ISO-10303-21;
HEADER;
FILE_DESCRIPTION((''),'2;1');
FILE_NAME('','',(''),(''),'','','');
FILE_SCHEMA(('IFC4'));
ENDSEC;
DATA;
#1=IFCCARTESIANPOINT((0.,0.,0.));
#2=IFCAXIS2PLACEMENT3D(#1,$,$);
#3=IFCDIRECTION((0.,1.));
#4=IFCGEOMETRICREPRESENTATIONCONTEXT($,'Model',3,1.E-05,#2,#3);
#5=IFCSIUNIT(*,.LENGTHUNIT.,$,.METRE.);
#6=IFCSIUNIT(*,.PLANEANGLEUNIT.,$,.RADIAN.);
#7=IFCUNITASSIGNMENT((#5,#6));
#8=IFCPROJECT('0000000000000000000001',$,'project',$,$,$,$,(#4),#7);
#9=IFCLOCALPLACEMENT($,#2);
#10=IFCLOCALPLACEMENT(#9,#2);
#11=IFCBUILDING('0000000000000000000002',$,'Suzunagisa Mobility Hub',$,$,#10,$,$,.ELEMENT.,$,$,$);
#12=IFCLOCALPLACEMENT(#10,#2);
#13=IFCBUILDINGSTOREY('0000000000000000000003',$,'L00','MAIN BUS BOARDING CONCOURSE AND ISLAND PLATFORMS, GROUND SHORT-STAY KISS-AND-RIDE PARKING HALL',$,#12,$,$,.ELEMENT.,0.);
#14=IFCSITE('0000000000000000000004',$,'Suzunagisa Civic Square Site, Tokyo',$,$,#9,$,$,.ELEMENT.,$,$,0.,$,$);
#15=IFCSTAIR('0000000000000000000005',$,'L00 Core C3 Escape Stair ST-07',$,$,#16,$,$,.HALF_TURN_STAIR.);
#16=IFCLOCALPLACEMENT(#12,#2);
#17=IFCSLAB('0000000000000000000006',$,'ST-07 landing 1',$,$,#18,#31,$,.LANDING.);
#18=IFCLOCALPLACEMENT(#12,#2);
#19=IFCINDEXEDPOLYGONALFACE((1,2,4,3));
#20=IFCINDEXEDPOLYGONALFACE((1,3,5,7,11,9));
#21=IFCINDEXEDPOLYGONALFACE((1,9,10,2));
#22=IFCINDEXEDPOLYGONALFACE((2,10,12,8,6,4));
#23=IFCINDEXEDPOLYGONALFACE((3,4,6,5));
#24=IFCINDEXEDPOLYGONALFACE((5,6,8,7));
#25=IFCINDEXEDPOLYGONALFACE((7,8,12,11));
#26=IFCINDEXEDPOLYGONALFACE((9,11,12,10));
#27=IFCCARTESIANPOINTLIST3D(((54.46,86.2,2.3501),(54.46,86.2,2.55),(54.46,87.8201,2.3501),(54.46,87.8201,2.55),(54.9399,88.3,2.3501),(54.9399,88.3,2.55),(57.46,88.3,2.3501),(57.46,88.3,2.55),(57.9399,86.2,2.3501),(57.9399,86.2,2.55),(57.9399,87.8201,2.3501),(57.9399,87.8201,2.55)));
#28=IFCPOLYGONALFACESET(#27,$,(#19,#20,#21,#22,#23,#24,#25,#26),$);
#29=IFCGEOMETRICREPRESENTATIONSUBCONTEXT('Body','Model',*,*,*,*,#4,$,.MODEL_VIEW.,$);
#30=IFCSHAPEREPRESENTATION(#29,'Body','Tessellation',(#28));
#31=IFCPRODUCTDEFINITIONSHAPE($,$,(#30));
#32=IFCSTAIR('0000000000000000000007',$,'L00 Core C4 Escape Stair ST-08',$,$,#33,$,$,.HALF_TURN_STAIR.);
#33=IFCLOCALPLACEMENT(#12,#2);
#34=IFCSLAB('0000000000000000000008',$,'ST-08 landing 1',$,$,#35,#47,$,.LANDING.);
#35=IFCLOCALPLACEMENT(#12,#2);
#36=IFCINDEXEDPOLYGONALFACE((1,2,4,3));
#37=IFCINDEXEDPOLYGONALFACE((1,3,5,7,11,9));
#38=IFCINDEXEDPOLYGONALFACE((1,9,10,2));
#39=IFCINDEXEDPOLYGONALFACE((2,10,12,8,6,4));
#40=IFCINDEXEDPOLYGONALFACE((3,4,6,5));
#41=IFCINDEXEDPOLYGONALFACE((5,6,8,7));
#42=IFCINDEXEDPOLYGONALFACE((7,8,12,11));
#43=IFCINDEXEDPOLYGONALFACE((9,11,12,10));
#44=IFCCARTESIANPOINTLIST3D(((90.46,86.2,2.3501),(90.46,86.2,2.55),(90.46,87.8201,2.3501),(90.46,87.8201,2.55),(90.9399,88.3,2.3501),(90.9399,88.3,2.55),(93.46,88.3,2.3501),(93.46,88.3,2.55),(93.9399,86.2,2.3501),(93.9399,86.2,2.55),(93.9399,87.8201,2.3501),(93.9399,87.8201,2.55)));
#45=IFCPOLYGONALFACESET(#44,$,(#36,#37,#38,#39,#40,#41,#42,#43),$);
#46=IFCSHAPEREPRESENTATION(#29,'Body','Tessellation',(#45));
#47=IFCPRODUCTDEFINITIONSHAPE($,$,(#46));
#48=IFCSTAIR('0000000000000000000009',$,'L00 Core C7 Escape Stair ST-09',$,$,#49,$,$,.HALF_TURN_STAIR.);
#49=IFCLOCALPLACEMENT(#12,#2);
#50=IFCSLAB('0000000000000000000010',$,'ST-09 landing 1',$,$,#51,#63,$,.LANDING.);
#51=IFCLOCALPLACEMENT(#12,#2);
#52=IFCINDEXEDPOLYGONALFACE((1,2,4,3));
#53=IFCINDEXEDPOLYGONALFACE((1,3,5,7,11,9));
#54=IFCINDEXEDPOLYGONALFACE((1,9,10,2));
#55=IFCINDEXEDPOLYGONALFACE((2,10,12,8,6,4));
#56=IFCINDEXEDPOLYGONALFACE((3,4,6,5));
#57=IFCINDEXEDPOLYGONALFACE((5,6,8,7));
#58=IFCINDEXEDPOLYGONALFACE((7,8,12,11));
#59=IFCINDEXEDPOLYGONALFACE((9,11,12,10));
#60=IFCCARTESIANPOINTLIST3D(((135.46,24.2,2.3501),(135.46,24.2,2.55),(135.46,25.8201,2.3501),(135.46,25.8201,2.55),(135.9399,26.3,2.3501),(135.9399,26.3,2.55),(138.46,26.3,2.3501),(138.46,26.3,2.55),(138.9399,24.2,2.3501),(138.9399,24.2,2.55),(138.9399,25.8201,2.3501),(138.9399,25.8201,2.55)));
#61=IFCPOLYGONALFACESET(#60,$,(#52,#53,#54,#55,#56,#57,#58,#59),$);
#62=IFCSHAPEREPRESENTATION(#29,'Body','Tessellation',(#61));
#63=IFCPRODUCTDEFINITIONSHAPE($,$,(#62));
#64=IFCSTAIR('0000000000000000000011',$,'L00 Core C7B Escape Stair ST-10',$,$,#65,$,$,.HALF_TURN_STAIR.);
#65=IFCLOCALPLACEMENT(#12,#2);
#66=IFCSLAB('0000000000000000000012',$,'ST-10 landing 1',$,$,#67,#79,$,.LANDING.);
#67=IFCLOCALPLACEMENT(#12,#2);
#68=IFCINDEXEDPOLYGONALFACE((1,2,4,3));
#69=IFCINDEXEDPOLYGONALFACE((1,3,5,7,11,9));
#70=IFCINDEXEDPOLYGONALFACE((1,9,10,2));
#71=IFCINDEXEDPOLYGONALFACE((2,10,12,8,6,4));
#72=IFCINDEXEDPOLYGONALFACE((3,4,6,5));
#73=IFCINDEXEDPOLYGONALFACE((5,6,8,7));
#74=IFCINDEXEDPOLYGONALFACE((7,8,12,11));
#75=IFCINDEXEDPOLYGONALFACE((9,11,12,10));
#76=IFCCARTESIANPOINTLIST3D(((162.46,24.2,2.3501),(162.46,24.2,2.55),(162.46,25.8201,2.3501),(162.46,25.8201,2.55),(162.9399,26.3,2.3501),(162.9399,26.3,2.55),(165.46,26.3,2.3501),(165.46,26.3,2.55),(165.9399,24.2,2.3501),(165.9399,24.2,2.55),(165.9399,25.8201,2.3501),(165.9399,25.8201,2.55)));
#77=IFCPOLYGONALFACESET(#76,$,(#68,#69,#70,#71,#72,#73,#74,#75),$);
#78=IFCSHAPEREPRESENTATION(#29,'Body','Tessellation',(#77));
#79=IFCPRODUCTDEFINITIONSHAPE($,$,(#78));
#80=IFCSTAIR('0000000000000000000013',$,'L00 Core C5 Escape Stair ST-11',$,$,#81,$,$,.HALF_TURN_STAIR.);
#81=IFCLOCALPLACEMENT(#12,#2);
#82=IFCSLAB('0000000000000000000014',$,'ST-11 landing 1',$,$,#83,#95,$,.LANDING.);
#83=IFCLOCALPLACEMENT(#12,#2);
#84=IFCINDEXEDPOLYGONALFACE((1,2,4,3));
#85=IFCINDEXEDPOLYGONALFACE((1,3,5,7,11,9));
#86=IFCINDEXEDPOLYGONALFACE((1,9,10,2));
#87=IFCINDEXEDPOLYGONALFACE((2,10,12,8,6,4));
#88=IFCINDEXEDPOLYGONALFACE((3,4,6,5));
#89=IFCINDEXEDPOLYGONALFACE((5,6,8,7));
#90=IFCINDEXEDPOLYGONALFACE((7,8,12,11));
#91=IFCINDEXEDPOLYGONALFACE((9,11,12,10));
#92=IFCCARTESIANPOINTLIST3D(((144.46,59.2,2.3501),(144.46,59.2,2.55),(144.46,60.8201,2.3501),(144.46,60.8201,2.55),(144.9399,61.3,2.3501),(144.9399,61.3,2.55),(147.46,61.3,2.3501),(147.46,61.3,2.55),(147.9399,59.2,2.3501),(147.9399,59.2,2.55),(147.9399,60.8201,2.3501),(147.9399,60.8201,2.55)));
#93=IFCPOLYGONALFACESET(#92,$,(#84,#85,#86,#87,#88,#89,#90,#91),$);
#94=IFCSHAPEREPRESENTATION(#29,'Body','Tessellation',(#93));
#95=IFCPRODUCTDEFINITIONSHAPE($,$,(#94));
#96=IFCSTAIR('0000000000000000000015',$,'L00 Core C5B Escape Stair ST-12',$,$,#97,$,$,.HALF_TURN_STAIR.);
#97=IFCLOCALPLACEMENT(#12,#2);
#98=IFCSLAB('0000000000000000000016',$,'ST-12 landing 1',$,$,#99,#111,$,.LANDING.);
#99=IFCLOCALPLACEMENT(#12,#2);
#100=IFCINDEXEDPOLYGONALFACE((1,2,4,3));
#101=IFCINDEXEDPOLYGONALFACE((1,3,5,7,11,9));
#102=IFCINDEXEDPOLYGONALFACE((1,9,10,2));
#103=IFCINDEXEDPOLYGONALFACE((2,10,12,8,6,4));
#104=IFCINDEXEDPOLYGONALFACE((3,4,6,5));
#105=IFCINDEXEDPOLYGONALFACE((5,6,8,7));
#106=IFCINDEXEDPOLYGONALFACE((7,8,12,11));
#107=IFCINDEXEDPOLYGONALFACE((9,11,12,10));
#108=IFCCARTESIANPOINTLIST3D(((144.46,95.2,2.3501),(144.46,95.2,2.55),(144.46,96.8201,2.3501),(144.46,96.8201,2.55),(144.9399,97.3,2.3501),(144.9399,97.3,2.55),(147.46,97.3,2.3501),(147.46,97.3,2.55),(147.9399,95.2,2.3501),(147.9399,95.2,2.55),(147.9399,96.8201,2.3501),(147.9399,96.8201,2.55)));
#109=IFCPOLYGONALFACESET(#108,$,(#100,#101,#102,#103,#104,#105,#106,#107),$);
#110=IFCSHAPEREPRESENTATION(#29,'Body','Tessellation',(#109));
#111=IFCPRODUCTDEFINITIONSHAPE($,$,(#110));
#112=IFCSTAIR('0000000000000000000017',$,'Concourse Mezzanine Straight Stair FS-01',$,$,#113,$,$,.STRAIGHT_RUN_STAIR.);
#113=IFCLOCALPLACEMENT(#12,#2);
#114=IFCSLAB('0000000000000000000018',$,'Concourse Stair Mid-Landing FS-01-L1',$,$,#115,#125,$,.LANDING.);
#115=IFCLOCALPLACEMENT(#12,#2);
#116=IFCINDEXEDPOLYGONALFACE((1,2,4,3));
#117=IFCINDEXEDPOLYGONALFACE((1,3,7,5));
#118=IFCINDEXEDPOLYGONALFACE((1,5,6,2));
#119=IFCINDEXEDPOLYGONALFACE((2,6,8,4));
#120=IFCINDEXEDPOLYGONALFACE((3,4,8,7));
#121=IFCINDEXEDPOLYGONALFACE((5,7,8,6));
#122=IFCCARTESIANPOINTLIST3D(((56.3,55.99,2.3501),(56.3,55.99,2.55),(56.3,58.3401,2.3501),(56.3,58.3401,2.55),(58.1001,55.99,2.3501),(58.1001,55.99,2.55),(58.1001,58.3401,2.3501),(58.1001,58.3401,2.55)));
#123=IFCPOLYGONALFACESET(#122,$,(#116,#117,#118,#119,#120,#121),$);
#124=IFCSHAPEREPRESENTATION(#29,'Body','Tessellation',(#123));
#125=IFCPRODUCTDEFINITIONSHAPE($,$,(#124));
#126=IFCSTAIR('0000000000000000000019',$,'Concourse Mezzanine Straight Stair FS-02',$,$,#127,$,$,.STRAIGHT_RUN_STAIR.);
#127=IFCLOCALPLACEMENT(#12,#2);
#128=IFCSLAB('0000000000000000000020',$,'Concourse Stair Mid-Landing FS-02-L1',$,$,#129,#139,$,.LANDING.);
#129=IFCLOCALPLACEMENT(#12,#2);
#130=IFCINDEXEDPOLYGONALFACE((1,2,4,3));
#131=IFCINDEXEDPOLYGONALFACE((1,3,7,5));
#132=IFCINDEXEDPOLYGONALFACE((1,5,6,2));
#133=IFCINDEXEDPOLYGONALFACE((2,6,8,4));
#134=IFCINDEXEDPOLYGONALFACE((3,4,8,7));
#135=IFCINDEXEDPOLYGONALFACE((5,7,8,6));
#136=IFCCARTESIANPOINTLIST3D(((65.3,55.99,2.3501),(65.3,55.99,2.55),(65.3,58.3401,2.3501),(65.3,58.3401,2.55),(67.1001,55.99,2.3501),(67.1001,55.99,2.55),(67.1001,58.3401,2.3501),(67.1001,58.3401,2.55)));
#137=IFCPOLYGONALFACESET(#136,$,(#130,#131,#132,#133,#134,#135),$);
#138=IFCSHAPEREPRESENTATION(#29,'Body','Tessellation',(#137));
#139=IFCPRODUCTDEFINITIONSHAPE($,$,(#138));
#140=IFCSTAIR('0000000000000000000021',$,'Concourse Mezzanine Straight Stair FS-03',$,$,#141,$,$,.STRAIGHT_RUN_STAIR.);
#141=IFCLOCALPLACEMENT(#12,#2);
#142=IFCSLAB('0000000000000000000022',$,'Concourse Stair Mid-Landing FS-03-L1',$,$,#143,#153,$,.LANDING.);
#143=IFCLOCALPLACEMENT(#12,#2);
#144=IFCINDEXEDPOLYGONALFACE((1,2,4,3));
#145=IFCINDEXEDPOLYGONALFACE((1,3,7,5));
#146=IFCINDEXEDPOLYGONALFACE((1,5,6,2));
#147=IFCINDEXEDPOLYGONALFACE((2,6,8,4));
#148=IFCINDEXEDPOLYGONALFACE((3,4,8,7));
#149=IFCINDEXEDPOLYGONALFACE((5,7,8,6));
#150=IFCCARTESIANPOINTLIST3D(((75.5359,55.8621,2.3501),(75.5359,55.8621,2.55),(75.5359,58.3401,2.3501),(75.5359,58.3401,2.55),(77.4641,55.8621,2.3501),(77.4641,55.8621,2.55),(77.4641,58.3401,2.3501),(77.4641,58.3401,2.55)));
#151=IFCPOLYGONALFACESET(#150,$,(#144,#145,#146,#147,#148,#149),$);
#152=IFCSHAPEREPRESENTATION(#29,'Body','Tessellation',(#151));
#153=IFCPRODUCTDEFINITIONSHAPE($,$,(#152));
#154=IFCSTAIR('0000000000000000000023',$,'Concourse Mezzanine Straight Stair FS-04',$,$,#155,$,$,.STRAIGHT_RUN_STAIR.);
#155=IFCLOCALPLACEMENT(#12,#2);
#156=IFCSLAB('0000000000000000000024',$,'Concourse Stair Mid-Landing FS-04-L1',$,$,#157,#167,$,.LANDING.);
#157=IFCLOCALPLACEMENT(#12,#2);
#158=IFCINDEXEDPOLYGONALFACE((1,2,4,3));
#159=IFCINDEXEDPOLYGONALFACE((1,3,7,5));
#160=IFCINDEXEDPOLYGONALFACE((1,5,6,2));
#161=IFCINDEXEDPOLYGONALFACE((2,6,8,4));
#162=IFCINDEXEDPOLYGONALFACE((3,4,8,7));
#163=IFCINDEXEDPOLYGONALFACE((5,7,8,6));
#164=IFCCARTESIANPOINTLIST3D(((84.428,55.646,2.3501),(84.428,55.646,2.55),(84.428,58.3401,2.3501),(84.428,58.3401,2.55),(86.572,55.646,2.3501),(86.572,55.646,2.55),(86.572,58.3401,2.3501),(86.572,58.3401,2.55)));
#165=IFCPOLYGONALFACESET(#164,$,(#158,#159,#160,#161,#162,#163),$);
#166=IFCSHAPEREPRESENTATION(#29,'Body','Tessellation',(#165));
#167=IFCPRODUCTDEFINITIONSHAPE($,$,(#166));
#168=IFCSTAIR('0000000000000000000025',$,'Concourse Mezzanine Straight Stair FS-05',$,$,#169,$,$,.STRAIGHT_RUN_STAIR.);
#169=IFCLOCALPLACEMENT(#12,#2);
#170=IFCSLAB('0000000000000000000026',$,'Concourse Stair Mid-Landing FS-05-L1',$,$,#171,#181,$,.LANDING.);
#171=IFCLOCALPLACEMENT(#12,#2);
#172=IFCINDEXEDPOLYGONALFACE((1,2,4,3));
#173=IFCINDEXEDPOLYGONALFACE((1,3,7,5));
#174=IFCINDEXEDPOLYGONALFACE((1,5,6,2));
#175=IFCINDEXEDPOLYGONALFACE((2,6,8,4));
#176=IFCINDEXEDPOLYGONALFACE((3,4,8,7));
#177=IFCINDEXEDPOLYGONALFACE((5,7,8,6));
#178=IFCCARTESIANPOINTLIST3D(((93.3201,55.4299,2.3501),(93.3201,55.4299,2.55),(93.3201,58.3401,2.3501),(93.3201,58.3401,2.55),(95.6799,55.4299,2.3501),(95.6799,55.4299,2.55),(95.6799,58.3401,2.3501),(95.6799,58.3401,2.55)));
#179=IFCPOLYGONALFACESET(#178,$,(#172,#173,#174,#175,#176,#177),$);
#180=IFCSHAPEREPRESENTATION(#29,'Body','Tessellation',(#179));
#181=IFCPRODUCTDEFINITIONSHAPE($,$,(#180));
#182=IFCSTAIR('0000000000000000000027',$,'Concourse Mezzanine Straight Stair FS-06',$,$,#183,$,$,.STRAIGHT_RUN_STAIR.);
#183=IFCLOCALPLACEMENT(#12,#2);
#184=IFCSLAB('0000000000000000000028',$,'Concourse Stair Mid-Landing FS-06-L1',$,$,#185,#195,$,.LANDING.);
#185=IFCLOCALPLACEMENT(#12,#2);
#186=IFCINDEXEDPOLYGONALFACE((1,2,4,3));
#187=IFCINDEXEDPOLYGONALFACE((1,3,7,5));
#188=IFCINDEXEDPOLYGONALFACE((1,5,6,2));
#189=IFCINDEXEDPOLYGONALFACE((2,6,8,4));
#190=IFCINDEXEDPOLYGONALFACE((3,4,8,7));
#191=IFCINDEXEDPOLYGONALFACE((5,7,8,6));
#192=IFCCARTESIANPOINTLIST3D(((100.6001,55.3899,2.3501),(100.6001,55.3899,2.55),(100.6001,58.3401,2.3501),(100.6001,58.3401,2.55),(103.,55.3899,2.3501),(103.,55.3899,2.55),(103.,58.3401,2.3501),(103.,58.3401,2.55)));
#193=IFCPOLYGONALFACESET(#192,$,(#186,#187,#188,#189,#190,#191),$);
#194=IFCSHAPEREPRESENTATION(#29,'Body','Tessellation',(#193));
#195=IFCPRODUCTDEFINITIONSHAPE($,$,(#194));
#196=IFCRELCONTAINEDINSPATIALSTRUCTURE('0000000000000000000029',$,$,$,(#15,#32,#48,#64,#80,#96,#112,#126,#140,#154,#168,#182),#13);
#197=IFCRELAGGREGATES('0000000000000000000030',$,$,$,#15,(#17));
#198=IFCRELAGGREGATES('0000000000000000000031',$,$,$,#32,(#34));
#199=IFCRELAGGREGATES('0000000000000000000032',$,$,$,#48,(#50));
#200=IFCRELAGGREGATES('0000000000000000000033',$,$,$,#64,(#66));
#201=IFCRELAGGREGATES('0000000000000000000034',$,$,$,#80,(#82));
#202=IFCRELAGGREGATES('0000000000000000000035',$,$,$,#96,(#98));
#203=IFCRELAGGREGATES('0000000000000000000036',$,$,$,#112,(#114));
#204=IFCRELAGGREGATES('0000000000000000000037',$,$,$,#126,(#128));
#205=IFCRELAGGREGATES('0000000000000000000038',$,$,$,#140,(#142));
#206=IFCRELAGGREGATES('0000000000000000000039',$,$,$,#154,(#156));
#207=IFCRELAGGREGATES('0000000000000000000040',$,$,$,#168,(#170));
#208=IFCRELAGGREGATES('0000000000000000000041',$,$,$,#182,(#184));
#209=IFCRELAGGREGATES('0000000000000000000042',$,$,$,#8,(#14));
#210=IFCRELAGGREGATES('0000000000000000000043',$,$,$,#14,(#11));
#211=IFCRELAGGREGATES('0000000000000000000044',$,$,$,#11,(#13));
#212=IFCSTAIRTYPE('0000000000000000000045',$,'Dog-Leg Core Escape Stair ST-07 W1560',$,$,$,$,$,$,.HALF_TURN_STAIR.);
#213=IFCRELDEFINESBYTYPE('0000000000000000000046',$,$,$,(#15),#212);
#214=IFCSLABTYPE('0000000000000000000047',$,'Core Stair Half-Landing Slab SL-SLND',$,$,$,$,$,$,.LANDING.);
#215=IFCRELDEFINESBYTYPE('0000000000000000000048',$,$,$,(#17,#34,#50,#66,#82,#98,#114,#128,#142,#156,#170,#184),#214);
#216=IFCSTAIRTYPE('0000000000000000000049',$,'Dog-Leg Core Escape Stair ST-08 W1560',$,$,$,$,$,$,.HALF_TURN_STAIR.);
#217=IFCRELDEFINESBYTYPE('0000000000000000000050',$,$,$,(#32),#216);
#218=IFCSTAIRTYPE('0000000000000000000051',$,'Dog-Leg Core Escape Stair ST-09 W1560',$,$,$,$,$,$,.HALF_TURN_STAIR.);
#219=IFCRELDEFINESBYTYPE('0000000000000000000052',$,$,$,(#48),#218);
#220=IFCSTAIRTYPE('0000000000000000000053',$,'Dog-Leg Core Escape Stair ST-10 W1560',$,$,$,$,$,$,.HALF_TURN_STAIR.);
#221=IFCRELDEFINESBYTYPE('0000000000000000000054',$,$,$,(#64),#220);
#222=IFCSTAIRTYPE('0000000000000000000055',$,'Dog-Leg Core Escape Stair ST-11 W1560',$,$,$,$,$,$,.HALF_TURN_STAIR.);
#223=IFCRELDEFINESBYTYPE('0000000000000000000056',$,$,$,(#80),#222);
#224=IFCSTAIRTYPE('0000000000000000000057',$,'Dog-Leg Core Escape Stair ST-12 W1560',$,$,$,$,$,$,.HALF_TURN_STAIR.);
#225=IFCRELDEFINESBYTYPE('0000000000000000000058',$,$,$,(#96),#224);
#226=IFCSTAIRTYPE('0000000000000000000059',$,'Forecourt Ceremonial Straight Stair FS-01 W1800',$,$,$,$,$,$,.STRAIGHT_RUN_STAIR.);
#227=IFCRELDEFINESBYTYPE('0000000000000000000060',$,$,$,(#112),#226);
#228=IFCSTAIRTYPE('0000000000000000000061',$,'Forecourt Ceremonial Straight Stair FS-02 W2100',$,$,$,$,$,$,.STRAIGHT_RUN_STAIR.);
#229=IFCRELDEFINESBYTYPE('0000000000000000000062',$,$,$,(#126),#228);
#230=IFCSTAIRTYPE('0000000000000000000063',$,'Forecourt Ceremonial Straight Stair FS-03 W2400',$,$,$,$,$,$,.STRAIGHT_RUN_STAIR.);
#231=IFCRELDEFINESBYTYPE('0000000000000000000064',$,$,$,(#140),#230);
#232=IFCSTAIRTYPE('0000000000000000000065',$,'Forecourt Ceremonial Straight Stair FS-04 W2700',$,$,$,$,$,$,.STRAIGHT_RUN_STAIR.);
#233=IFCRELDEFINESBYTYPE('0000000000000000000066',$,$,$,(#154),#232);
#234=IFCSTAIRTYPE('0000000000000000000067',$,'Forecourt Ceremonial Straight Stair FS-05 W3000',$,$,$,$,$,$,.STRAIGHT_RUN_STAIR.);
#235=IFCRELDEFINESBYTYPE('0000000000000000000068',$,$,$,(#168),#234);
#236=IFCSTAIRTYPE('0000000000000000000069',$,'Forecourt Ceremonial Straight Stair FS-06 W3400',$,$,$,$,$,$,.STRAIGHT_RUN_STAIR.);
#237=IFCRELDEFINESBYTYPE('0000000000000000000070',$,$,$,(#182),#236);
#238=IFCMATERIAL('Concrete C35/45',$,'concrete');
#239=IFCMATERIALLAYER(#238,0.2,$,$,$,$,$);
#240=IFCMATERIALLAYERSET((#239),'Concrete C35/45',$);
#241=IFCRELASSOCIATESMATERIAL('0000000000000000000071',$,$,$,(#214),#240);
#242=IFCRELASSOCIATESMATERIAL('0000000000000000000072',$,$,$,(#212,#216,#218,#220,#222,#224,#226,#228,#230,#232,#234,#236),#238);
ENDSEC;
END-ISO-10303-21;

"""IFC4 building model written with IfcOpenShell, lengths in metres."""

from ifc_helpers import new_model, si_unit, direction, frame, origin, place, context, subcontext, project, spatial, polyline, outline, extrude, material, layer, layer_set, type_object, element, aggregate, save


model = new_model("IFC4")

# Units and contexts
model_context = context("Model", 3, precision=1e-05, world=origin(), true_north=direction((0.0, 1.0)))
body_context = subcontext(model_context, "Body", "Model", "MODEL_VIEW")
ifc_project = project(units=[si_unit("LENGTHUNIT", "METRE"), si_unit("PLANEANGLEUNIT", "RADIAN")], contexts=[model_context])

# Site, building, storey
site_placement = place(None, origin())
site = spatial("IfcSite", under=ifc_project, at=site_placement, Name="Suzunagisa Civic Square Site, Tokyo", CompositionType="ELEMENT", RefElevation=0.0)
building_placement = place(site_placement, origin())
building = spatial("IfcBuilding", under=site, at=building_placement, Name="Suzunagisa Mobility Hub", CompositionType="ELEMENT")
storey_placement = place(building_placement, origin())
storey = spatial("IfcBuildingStorey", under=building, at=storey_placement, Name="L00", Description="MAIN BUS BOARDING CONCOURSE AND ISLAND PLATFORMS, GROUND SHORT-STAY KISS-AND-RIDE PARKING HALL", CompositionType="ELEMENT", Elevation=0.0)

# Shared definitions
ifc_material = material(Name="Concrete C35/45", Category="concrete")

# Stairs, slabs
ifc_layer_1 = layer(ifc_material, 0.2)
ifc_layer_set_1 = layer_set([ifc_layer_1], Name="Concrete C35/45")
slab_type_1 = type_object("IfcSlabType", Name="Core Stair Half-Landing Slab SL-SLND", PredefinedType="LANDING", material=ifc_layer_set_1)
stair_type_1 = type_object("IfcStairType", Name="Dog-Leg Core Escape Stair ST-07 W1560", PredefinedType="HALF_TURN_STAIR", material=ifc_material)
stair_1_placement = place(storey_placement, origin())
stair_1 = element("IfcStair", 1, at=stair_1_placement, inside=storey, type_object=stair_type_1, Name="L00 Core C3 Escape Stair ST-07", PredefinedType="HALF_TURN_STAIR")
slab_1_placement = place(storey_placement, frame((0.0, 0.0, 2.3501)))
slab_1 = element("IfcSlab", 2, at=slab_1_placement, type_object=slab_type_1, Name="ST-07 landing 1", PredefinedType="LANDING", context=body_context, shape_type="SweptSolid", body=[
    extrude(outline(polyline([(54.46, 86.2), (57.9399, 86.2), (57.9399, 87.8201), (57.46, 88.3), (54.9399, 88.3), (54.46, 87.8201), (54.46, 86.2)])), origin(), (0.0, 0.0, 1.0), 0.2),
])
aggregate(stair_1, [slab_1])
stair_type_2 = type_object("IfcStairType", Name="Dog-Leg Core Escape Stair ST-08 W1560", PredefinedType="HALF_TURN_STAIR", material=ifc_material)
stair_2_placement = place(storey_placement, origin())
stair_2 = element("IfcStair", 3, at=stair_2_placement, inside=storey, type_object=stair_type_2, Name="L00 Core C4 Escape Stair ST-08", PredefinedType="HALF_TURN_STAIR")
slab_2_placement = place(storey_placement, frame((0.0, 0.0, 2.3501)))
slab_2 = element("IfcSlab", 4, at=slab_2_placement, type_object=slab_type_1, Name="ST-08 landing 1", PredefinedType="LANDING", context=body_context, shape_type="SweptSolid", body=[
    extrude(outline(polyline([(90.46, 86.2), (93.9399, 86.2), (93.9399, 87.8201), (93.46, 88.3), (90.9399, 88.3), (90.46, 87.8201), (90.46, 86.2)])), origin(), (0.0, 0.0, 1.0), 0.2),
])
aggregate(stair_2, [slab_2])
stair_type_3 = type_object("IfcStairType", Name="Dog-Leg Core Escape Stair ST-09 W1560", PredefinedType="HALF_TURN_STAIR", material=ifc_material)
stair_3_placement = place(storey_placement, origin())
stair_3 = element("IfcStair", 5, at=stair_3_placement, inside=storey, type_object=stair_type_3, Name="L00 Core C7 Escape Stair ST-09", PredefinedType="HALF_TURN_STAIR")
slab_3_placement = place(storey_placement, frame((0.0, 0.0, 2.3501)))
slab_3 = element("IfcSlab", 6, at=slab_3_placement, type_object=slab_type_1, Name="ST-09 landing 1", PredefinedType="LANDING", context=body_context, shape_type="SweptSolid", body=[
    extrude(outline(polyline([(135.46, 24.2), (138.9399, 24.2), (138.9399, 25.8201), (138.46, 26.3), (135.9399, 26.3), (135.46, 25.8201), (135.46, 24.2)])), origin(), (0.0, 0.0, 1.0), 0.2),
])
aggregate(stair_3, [slab_3])
stair_type_4 = type_object("IfcStairType", Name="Dog-Leg Core Escape Stair ST-10 W1560", PredefinedType="HALF_TURN_STAIR", material=ifc_material)
stair_4_placement = place(storey_placement, origin())
stair_4 = element("IfcStair", 7, at=stair_4_placement, inside=storey, type_object=stair_type_4, Name="L00 Core C7B Escape Stair ST-10", PredefinedType="HALF_TURN_STAIR")
slab_4_placement = place(storey_placement, frame((0.0, 0.0, 2.3501)))
slab_4 = element("IfcSlab", 8, at=slab_4_placement, type_object=slab_type_1, Name="ST-10 landing 1", PredefinedType="LANDING", context=body_context, shape_type="SweptSolid", body=[
    extrude(outline(polyline([(162.46, 24.2), (165.9399, 24.2), (165.9399, 25.8201), (165.46, 26.3), (162.9399, 26.3), (162.46, 25.8201), (162.46, 24.2)])), origin(), (0.0, 0.0, 1.0), 0.2),
])
aggregate(stair_4, [slab_4])
stair_type_5 = type_object("IfcStairType", Name="Dog-Leg Core Escape Stair ST-11 W1560", PredefinedType="HALF_TURN_STAIR", material=ifc_material)
stair_5_placement = place(storey_placement, origin())
stair_5 = element("IfcStair", 9, at=stair_5_placement, inside=storey, type_object=stair_type_5, Name="L00 Core C5 Escape Stair ST-11", PredefinedType="HALF_TURN_STAIR")
slab_5_placement = place(storey_placement, frame((0.0, 0.0, 2.3501)))
slab_5 = element("IfcSlab", 10, at=slab_5_placement, type_object=slab_type_1, Name="ST-11 landing 1", PredefinedType="LANDING", context=body_context, shape_type="SweptSolid", body=[
    extrude(outline(polyline([(144.46, 59.2), (147.9399, 59.2), (147.9399, 60.8201), (147.46, 61.3), (144.9399, 61.3), (144.46, 60.8201), (144.46, 59.2)])), origin(), (0.0, 0.0, 1.0), 0.2),
])
aggregate(stair_5, [slab_5])
stair_type_6 = type_object("IfcStairType", Name="Dog-Leg Core Escape Stair ST-12 W1560", PredefinedType="HALF_TURN_STAIR", material=ifc_material)
stair_6_placement = place(storey_placement, origin())
stair_6 = element("IfcStair", 11, at=stair_6_placement, inside=storey, type_object=stair_type_6, Name="L00 Core C5B Escape Stair ST-12", PredefinedType="HALF_TURN_STAIR")
slab_6_placement = place(storey_placement, frame((0.0, 0.0, 2.3501)))
slab_6 = element("IfcSlab", 12, at=slab_6_placement, type_object=slab_type_1, Name="ST-12 landing 1", PredefinedType="LANDING", context=body_context, shape_type="SweptSolid", body=[
    extrude(outline(polyline([(144.46, 95.2), (147.9399, 95.2), (147.9399, 96.8201), (147.46, 97.3), (144.9399, 97.3), (144.46, 96.8201), (144.46, 95.2)])), origin(), (0.0, 0.0, 1.0), 0.2),
])
aggregate(stair_6, [slab_6])
stair_type_7 = type_object("IfcStairType", Name="Forecourt Ceremonial Straight Stair FS-01 W1800", PredefinedType="STRAIGHT_RUN_STAIR", material=ifc_material)
stair_7_placement = place(storey_placement, origin())
stair_7 = element("IfcStair", 13, at=stair_7_placement, inside=storey, type_object=stair_type_7, Name="Concourse Mezzanine Straight Stair FS-01", PredefinedType="STRAIGHT_RUN_STAIR")
slab_7_placement = place(storey_placement, frame((0.0, 0.0, 2.3501)))
slab_7 = element("IfcSlab", 14, at=slab_7_placement, type_object=slab_type_1, Name="Concourse Stair Mid-Landing FS-01-L1", PredefinedType="LANDING", context=body_context, shape_type="SweptSolid", body=[
    extrude(outline(polyline([(56.3, 55.99), (58.1001, 55.99), (58.1001, 58.3401), (56.3, 58.3401), (56.3, 55.99)])), origin(), (0.0, 0.0, 1.0), 0.2),
])
aggregate(stair_7, [slab_7])
stair_type_8 = type_object("IfcStairType", Name="Forecourt Ceremonial Straight Stair FS-02 W2100", PredefinedType="STRAIGHT_RUN_STAIR", material=ifc_material)
stair_8_placement = place(storey_placement, origin())
stair_8 = element("IfcStair", 15, at=stair_8_placement, inside=storey, type_object=stair_type_8, Name="Concourse Mezzanine Straight Stair FS-02", PredefinedType="STRAIGHT_RUN_STAIR")
slab_8_placement = place(storey_placement, frame((0.0, 0.0, 2.3501)))
slab_8 = element("IfcSlab", 16, at=slab_8_placement, type_object=slab_type_1, Name="Concourse Stair Mid-Landing FS-02-L1", PredefinedType="LANDING", context=body_context, shape_type="SweptSolid", body=[
    extrude(outline(polyline([(65.3, 55.99), (67.1001, 55.99), (67.1001, 58.3401), (65.3, 58.3401), (65.3, 55.99)])), origin(), (0.0, 0.0, 1.0), 0.2),
])
aggregate(stair_8, [slab_8])
stair_type_9 = type_object("IfcStairType", Name="Forecourt Ceremonial Straight Stair FS-03 W2400", PredefinedType="STRAIGHT_RUN_STAIR", material=ifc_material)
stair_9_placement = place(storey_placement, origin())
stair_9 = element("IfcStair", 17, at=stair_9_placement, inside=storey, type_object=stair_type_9, Name="Concourse Mezzanine Straight Stair FS-03", PredefinedType="STRAIGHT_RUN_STAIR")
slab_9_placement = place(storey_placement, frame((0.0, 0.0, 2.3501)))
slab_9 = element("IfcSlab", 18, at=slab_9_placement, type_object=slab_type_1, Name="Concourse Stair Mid-Landing FS-03-L1", PredefinedType="LANDING", context=body_context, shape_type="SweptSolid", body=[
    extrude(outline(polyline([(75.5359, 55.8621), (77.4641, 55.8621), (77.4641, 58.3401), (75.5359, 58.3401), (75.5359, 55.8621)])), origin(), (0.0, 0.0, 1.0), 0.2),
])
aggregate(stair_9, [slab_9])
stair_type_10 = type_object("IfcStairType", Name="Forecourt Ceremonial Straight Stair FS-04 W2700", PredefinedType="STRAIGHT_RUN_STAIR", material=ifc_material)
stair_10_placement = place(storey_placement, origin())
stair_10 = element("IfcStair", 19, at=stair_10_placement, inside=storey, type_object=stair_type_10, Name="Concourse Mezzanine Straight Stair FS-04", PredefinedType="STRAIGHT_RUN_STAIR")
slab_10_placement = place(storey_placement, frame((0.0, 0.0, 2.3501)))
slab_10 = element("IfcSlab", 20, at=slab_10_placement, type_object=slab_type_1, Name="Concourse Stair Mid-Landing FS-04-L1", PredefinedType="LANDING", context=body_context, shape_type="SweptSolid", body=[
    extrude(outline(polyline([(84.428, 55.646), (86.572, 55.646), (86.572, 58.3401), (84.428, 58.3401), (84.428, 55.646)])), origin(), (0.0, 0.0, 1.0), 0.2),
])
aggregate(stair_10, [slab_10])
stair_type_11 = type_object("IfcStairType", Name="Forecourt Ceremonial Straight Stair FS-05 W3000", PredefinedType="STRAIGHT_RUN_STAIR", material=ifc_material)
stair_11_placement = place(storey_placement, origin())
stair_11 = element("IfcStair", 21, at=stair_11_placement, inside=storey, type_object=stair_type_11, Name="Concourse Mezzanine Straight Stair FS-05", PredefinedType="STRAIGHT_RUN_STAIR")
slab_11_placement = place(storey_placement, frame((0.0, 0.0, 2.3501)))
slab_11 = element("IfcSlab", 22, at=slab_11_placement, type_object=slab_type_1, Name="Concourse Stair Mid-Landing FS-05-L1", PredefinedType="LANDING", context=body_context, shape_type="SweptSolid", body=[
    extrude(outline(polyline([(93.3201, 55.4299), (95.6799, 55.4299), (95.6799, 58.3401), (93.3201, 58.3401), (93.3201, 55.4299)])), origin(), (0.0, 0.0, 1.0), 0.2),
])
aggregate(stair_11, [slab_11])
stair_type_12 = type_object("IfcStairType", Name="Forecourt Ceremonial Straight Stair FS-06 W3400", PredefinedType="STRAIGHT_RUN_STAIR", material=ifc_material)
stair_12_placement = place(storey_placement, origin())
stair_12 = element("IfcStair", 23, at=stair_12_placement, inside=storey, type_object=stair_type_12, Name="Concourse Mezzanine Straight Stair FS-06", PredefinedType="STRAIGHT_RUN_STAIR")
slab_12_placement = place(storey_placement, frame((0.0, 0.0, 2.3501)))
slab_12 = element("IfcSlab", 24, at=slab_12_placement, type_object=slab_type_1, Name="Concourse Stair Mid-Landing FS-06-L1", PredefinedType="LANDING", context=body_context, shape_type="SweptSolid", body=[
    extrude(outline(polyline([(100.6001, 55.3899), (103.0, 55.3899), (103.0, 58.3401), (100.6001, 58.3401), (100.6001, 55.3899)])), origin(), (0.0, 0.0, 1.0), 0.2),
])
aggregate(stair_12, [slab_12])

save(model, "model.ifc")
